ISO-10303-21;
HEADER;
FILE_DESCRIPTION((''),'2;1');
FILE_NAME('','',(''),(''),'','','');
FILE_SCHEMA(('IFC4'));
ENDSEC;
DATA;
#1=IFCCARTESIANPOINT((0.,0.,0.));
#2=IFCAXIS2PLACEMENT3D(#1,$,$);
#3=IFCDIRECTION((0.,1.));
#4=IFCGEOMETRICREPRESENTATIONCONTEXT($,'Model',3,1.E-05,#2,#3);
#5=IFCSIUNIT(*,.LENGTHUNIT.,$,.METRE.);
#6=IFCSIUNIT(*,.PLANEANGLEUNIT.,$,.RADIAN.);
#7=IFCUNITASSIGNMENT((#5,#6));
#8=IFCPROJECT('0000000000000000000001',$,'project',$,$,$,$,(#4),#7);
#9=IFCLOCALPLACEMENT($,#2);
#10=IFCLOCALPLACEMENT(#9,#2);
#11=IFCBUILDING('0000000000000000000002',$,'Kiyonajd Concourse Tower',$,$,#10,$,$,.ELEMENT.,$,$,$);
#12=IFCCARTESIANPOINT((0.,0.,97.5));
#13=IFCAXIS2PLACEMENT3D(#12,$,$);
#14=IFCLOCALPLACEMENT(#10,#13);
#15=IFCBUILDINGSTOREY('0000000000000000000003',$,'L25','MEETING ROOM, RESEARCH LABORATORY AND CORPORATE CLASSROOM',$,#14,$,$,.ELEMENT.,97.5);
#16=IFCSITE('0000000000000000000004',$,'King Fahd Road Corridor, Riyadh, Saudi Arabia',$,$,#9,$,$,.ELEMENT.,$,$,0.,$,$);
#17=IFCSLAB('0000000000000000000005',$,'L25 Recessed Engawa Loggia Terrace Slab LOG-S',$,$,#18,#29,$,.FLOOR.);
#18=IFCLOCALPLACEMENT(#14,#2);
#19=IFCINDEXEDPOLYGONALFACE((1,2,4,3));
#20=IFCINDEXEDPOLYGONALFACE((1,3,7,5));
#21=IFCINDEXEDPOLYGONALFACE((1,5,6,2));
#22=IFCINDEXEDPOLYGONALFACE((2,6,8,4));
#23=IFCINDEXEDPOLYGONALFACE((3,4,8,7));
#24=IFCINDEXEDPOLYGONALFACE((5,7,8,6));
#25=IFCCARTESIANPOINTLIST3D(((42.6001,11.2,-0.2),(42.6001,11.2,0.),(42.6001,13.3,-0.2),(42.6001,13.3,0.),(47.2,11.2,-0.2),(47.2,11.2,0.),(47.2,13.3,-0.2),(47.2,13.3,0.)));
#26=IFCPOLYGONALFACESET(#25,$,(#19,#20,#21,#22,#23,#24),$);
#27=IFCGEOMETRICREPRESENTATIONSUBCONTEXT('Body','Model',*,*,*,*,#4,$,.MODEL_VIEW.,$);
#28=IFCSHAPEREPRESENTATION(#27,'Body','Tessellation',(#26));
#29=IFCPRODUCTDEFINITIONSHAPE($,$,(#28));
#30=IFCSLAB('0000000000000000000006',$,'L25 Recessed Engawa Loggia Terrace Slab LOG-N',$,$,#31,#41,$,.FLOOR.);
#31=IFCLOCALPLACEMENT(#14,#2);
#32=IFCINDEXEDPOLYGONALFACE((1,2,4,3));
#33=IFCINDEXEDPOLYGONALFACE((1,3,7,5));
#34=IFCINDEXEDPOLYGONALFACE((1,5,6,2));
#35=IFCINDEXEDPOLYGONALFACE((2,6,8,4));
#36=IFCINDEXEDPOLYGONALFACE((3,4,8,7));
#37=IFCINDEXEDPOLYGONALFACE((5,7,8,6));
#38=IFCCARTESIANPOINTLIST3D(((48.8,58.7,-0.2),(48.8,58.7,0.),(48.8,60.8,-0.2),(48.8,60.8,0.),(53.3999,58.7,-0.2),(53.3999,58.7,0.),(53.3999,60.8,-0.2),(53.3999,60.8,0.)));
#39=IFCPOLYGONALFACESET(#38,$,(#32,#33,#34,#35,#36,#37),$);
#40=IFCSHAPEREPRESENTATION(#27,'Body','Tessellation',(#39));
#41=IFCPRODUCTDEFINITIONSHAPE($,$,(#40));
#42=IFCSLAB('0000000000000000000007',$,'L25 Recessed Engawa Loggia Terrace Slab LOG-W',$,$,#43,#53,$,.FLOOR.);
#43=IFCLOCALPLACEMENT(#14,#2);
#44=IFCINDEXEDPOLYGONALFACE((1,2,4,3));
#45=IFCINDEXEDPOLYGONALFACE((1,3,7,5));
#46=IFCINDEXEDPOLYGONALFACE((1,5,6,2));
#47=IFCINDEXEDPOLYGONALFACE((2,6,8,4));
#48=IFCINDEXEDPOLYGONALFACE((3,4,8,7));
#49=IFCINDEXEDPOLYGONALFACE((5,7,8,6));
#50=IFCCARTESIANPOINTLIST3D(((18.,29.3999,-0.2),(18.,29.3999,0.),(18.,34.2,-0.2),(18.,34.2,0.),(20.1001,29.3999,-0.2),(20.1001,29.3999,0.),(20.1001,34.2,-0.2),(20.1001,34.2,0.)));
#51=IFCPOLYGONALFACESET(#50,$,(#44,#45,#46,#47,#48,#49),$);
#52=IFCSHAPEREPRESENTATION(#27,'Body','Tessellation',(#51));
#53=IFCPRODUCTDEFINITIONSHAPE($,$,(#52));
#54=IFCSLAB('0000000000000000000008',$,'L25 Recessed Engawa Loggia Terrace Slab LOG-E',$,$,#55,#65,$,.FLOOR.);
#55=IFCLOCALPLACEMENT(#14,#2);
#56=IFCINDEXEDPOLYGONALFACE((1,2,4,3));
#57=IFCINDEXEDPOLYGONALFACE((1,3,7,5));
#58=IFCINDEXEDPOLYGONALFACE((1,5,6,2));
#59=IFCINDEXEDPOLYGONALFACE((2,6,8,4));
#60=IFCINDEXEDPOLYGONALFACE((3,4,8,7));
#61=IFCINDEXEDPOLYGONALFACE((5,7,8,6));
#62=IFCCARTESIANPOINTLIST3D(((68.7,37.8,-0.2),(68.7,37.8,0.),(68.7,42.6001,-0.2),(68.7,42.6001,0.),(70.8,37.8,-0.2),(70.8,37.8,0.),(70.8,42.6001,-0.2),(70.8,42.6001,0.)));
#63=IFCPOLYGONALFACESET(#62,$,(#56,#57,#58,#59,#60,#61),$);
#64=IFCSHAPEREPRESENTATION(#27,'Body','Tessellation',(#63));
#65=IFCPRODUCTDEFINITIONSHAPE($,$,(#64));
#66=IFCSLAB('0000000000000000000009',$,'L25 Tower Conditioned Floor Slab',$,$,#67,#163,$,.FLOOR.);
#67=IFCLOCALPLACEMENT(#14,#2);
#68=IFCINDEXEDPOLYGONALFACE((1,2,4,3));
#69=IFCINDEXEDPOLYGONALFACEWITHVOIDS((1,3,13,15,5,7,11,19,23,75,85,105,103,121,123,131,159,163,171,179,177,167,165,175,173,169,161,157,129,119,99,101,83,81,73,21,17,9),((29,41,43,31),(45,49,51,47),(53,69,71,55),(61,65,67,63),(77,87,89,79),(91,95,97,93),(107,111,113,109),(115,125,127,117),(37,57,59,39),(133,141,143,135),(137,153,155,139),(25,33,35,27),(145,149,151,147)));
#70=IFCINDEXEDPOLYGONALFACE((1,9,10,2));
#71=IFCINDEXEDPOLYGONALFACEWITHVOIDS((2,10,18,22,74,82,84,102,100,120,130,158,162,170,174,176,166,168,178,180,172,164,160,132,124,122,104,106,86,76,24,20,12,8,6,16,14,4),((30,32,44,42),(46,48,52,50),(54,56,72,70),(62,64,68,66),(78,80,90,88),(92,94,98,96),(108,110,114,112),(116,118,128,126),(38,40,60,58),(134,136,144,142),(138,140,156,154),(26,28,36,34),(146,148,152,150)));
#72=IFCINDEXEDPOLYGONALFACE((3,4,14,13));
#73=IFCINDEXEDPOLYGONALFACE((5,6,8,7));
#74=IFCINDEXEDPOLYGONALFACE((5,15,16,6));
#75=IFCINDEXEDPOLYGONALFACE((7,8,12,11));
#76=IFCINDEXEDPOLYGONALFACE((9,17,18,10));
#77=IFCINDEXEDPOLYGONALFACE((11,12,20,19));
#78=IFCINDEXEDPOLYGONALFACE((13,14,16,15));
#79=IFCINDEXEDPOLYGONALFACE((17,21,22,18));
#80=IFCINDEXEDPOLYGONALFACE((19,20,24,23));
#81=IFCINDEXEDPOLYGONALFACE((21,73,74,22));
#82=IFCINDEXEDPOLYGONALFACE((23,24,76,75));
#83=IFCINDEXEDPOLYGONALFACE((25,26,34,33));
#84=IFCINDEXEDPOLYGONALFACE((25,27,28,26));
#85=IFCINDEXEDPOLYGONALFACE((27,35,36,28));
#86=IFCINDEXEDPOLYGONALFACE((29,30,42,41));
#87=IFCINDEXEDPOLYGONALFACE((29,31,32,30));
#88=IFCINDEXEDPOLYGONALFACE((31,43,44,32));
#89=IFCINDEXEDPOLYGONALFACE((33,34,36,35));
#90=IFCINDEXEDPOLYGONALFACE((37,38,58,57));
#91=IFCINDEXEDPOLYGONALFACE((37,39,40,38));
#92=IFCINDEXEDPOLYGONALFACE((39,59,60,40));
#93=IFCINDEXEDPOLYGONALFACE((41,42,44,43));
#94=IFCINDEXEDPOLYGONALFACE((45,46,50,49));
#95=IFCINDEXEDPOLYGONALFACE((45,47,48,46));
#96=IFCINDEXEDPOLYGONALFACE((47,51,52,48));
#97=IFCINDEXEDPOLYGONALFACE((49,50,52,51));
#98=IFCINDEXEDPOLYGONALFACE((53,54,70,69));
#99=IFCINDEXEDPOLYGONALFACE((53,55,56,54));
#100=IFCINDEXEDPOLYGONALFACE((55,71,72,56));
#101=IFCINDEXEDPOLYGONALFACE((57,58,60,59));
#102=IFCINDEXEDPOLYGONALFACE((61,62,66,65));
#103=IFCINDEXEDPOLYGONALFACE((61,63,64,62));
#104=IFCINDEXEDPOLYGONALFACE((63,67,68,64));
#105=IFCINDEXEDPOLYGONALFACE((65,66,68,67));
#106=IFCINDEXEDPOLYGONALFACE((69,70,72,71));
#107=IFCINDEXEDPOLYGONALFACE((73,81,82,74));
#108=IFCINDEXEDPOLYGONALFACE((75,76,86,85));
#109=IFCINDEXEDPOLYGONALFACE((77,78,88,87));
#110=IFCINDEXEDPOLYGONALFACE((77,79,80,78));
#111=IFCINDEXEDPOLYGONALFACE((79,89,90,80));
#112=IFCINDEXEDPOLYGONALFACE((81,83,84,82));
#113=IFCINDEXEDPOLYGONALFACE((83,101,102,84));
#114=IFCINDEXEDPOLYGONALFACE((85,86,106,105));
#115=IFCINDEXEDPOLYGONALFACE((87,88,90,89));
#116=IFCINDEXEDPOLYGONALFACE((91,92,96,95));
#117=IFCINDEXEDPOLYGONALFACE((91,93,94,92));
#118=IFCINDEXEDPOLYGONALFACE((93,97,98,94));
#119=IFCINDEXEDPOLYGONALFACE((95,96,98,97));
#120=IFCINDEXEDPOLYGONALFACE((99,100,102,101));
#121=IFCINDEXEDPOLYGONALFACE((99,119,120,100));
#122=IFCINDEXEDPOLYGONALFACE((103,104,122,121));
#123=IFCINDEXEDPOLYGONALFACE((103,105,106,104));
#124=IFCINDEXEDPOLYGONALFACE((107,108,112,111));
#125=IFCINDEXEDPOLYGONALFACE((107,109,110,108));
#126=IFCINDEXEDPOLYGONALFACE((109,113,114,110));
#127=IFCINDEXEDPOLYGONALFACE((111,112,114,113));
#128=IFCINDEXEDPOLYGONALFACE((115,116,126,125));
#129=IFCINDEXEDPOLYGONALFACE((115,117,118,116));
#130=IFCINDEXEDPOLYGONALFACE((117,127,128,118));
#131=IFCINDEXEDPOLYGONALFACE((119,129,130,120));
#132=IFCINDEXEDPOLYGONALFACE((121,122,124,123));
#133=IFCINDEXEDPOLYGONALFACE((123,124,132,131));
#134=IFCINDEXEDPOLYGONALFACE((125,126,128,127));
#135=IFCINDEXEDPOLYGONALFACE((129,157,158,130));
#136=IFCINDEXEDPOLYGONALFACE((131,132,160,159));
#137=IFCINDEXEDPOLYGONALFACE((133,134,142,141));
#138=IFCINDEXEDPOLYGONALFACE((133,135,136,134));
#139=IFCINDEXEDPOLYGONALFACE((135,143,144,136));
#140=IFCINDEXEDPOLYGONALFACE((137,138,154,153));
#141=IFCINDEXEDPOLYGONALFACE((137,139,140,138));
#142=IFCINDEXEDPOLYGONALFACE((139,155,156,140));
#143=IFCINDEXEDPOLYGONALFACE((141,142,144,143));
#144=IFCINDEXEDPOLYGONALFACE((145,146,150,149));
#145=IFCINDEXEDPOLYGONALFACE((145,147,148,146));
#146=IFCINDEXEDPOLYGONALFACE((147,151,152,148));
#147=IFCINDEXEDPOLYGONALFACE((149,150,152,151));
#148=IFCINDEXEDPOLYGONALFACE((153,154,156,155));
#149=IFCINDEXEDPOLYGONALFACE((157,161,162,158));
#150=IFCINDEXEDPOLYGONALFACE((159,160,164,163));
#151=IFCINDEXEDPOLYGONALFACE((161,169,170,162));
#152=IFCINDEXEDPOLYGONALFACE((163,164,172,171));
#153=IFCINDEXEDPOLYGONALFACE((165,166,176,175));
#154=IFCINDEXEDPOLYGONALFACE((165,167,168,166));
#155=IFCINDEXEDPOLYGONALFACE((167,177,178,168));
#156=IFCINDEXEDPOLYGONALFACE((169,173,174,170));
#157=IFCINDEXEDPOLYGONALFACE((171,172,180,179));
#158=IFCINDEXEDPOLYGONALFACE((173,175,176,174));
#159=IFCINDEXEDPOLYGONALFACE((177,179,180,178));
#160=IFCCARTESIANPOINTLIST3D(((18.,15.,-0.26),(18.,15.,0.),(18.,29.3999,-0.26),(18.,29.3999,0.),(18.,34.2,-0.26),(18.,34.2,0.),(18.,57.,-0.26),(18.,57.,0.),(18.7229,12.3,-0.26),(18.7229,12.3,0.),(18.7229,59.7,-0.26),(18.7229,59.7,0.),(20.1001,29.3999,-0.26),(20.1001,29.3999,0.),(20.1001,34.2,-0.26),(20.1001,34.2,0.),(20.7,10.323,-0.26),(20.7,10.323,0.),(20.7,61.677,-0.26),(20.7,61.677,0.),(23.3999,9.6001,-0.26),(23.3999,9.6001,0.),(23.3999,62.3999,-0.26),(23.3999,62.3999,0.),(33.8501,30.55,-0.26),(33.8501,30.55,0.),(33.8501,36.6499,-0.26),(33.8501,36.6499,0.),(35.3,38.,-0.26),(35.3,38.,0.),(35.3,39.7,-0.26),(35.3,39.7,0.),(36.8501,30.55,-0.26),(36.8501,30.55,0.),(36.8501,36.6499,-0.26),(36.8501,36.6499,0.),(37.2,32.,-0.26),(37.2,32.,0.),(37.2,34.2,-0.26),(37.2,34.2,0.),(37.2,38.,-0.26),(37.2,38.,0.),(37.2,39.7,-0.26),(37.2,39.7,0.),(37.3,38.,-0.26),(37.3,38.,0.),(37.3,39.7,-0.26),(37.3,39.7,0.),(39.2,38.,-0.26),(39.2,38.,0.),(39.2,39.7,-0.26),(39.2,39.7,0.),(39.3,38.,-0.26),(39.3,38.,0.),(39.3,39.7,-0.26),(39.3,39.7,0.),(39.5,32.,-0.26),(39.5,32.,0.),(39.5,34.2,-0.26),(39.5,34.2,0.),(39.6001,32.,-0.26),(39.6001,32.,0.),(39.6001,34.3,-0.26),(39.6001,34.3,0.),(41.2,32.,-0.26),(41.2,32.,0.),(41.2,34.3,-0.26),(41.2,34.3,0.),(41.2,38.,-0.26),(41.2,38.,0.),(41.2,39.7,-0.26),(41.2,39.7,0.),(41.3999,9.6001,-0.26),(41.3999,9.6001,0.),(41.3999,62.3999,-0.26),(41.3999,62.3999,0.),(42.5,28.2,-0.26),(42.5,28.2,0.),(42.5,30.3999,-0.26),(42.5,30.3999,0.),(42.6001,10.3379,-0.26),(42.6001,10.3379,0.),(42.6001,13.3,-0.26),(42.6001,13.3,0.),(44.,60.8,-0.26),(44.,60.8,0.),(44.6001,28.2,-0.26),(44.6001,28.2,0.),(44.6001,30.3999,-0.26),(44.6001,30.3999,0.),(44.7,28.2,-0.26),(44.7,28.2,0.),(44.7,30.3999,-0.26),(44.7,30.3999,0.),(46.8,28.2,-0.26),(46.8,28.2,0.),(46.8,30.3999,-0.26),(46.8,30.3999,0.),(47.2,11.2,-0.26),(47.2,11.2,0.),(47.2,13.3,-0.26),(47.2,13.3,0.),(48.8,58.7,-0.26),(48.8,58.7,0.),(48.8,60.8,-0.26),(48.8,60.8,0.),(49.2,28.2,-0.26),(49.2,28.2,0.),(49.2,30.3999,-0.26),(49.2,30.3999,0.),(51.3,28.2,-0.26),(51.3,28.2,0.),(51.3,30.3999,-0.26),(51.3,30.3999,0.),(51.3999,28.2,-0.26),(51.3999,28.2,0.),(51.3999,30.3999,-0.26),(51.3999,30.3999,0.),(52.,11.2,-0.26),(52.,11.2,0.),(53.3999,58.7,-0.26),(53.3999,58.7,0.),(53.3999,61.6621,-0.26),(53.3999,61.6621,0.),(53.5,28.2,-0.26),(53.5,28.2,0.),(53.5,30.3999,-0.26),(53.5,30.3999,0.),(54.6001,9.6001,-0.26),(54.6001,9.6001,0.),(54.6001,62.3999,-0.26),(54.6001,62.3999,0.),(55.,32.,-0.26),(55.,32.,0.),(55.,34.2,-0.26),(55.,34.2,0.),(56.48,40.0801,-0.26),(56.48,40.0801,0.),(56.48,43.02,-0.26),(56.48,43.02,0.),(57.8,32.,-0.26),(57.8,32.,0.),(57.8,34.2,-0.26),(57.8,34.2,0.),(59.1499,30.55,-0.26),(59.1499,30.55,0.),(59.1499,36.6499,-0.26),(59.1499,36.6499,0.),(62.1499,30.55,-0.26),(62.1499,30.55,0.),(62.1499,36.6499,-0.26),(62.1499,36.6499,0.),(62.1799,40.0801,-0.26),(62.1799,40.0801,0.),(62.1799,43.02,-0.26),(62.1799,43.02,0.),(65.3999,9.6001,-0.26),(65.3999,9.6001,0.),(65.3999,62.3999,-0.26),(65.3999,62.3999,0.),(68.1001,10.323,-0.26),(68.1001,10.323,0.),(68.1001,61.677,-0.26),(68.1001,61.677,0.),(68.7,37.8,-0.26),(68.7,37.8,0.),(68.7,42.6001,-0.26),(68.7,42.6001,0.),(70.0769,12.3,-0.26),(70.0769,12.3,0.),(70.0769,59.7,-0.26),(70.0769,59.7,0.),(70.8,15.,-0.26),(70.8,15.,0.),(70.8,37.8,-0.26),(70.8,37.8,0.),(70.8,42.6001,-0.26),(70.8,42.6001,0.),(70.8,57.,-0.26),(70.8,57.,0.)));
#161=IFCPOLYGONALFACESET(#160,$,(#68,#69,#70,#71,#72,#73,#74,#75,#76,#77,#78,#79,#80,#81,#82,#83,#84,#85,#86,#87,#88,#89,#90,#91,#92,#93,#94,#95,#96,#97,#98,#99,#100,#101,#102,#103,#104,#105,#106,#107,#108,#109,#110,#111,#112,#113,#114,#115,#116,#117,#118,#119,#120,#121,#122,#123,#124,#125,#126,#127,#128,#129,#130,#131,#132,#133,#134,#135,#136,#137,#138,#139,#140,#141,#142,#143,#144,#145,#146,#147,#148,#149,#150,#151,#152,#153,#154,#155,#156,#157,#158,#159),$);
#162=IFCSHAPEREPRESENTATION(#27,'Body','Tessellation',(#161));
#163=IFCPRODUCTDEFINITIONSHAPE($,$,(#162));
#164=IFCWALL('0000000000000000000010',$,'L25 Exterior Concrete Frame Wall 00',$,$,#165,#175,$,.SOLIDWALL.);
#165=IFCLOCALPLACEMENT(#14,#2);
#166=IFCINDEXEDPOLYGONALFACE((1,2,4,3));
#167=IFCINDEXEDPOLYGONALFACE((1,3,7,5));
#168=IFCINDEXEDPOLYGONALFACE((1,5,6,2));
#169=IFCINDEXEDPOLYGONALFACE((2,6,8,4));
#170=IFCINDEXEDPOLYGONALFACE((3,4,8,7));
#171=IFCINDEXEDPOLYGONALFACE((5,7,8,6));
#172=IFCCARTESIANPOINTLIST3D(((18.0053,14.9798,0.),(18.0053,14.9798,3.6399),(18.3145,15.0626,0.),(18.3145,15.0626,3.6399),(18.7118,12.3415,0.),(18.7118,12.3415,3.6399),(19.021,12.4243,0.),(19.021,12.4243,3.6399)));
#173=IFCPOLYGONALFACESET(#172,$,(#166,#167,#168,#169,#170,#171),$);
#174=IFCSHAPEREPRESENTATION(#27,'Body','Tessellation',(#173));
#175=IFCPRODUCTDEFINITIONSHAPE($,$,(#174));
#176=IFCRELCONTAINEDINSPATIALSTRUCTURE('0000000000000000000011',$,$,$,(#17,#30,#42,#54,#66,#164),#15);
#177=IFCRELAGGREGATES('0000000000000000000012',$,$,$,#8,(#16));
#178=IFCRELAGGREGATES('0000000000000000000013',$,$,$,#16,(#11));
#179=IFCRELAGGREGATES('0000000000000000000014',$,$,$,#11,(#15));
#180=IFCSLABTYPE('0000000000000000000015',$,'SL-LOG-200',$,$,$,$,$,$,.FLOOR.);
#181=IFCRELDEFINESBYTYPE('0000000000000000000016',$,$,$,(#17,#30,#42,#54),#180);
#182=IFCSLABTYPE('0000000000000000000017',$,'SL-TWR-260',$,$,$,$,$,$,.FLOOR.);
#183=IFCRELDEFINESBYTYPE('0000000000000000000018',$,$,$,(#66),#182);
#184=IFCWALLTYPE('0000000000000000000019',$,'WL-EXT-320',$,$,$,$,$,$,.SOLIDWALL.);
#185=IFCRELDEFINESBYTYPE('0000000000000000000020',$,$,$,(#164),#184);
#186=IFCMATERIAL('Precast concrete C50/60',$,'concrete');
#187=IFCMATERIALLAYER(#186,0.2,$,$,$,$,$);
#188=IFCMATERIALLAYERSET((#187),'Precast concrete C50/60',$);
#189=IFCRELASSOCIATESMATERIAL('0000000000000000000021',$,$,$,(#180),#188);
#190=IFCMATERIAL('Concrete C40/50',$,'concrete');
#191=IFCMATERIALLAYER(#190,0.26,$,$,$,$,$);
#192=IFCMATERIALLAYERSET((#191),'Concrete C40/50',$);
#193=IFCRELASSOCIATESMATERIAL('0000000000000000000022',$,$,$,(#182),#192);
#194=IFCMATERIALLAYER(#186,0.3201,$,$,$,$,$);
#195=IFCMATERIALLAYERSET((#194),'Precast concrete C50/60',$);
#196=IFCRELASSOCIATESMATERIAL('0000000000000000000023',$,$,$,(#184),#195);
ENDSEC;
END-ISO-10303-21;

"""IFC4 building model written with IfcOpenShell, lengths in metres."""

from ifc_helpers import new_model, si_unit, direction, frame, frame_2d, origin, place, context, subcontext, project, spatial, polyline, rectangle, outline, extrude, material, layer, layer_set, type_object, element, save


model = new_model("IFC4")

# Units and contexts
model_context = context("Model", 3, precision=1e-05, world=origin(), true_north=direction((0.0, 1.0)))
body_context = subcontext(model_context, "Body", "Model", "MODEL_VIEW")
ifc_project = project(units=[si_unit("LENGTHUNIT", "METRE"), si_unit("PLANEANGLEUNIT", "RADIAN")], contexts=[model_context])

# Site, building, storey
site_placement = place(None, origin())
site = spatial("IfcSite", under=ifc_project, at=site_placement, Name="King Fahd Road Corridor, Riyadh, Saudi Arabia", CompositionType="ELEMENT", RefElevation=0.0)
building_placement = place(site_placement, origin())
building = spatial("IfcBuilding", under=site, at=building_placement, Name="Kiyonajd Concourse Tower", CompositionType="ELEMENT")
storey_placement = place(building_placement, frame((0.0, 0.0, 97.5)))
storey = spatial("IfcBuildingStorey", under=building, at=storey_placement, Name="L25", Description="MEETING ROOM, RESEARCH LABORATORY AND CORPORATE CLASSROOM", CompositionType="ELEMENT", Elevation=97.5)

# Shared definitions
ifc_material_1 = material(Name="Precast concrete C50/60", Category="concrete")

# Shared definitions
ifc_material_2 = material(Name="Concrete C40/50", Category="concrete")

# Slabs
ifc_layer_1 = layer(ifc_material_1, 0.2)
ifc_layer_set_1 = layer_set([ifc_layer_1], Name="Precast concrete C50/60")
slab_type_1 = type_object("IfcSlabType", Name="SL-LOG-200", PredefinedType="FLOOR", material=ifc_layer_set_1)
slab_1_placement = place(storey_placement, frame((0.0, 0.0, -0.2)))
element("IfcSlab", 1, at=slab_1_placement, inside=storey, type_object=slab_type_1, Name="L25 Recessed Engawa Loggia Terrace Slab LOG-S", PredefinedType="FLOOR", context=body_context, shape_type="SweptSolid", body=[
    extrude(outline(polyline([(42.6001, 11.2), (47.2, 11.2), (47.2, 13.3), (42.6001, 13.3), (42.6001, 11.2)])), origin(), (0.0, 0.0, 1.0), 0.2),
])
slab_2_placement = place(storey_placement, frame((0.0, 0.0, -0.2)))
element("IfcSlab", 2, at=slab_2_placement, inside=storey, type_object=slab_type_1, Name="L25 Recessed Engawa Loggia Terrace Slab LOG-N", PredefinedType="FLOOR", context=body_context, shape_type="SweptSolid", body=[
    extrude(outline(polyline([(48.8, 58.7), (53.3999, 58.7), (53.3999, 60.8), (48.8, 60.8), (48.8, 58.7)])), origin(), (0.0, 0.0, 1.0), 0.2),
])
slab_3_placement = place(storey_placement, frame((0.0, 0.0, -0.2)))
element("IfcSlab", 3, at=slab_3_placement, inside=storey, type_object=slab_type_1, Name="L25 Recessed Engawa Loggia Terrace Slab LOG-W", PredefinedType="FLOOR", context=body_context, shape_type="SweptSolid", body=[
    extrude(outline(polyline([(18.0, 29.3999), (20.1001, 29.3999), (20.1001, 34.2), (18.0, 34.2), (18.0, 29.3999)])), origin(), (0.0, 0.0, 1.0), 0.2),
])
slab_4_placement = place(storey_placement, frame((0.0, 0.0, -0.2)))
element("IfcSlab", 4, at=slab_4_placement, inside=storey, type_object=slab_type_1, Name="L25 Recessed Engawa Loggia Terrace Slab LOG-E", PredefinedType="FLOOR", context=body_context, shape_type="SweptSolid", body=[
    extrude(outline(polyline([(68.7, 37.8), (70.8, 37.8), (70.8, 42.6001), (68.7, 42.6001), (68.7, 37.8)])), origin(), (0.0, 0.0, 1.0), 0.2),
])
ifc_layer_2 = layer(ifc_material_2, 0.26)
ifc_layer_set_2 = layer_set([ifc_layer_2], Name="Concrete C40/50")
slab_type_2 = type_object("IfcSlabType", Name="SL-TWR-260", PredefinedType="FLOOR", material=ifc_layer_set_2)
slab_5_placement = place(storey_placement, frame((0.0, 0.0, -0.26)))
element("IfcSlab", 5, at=slab_5_placement, inside=storey, type_object=slab_type_2, Name="L25 Tower Conditioned Floor Slab", PredefinedType="FLOOR", context=body_context, shape_type="SweptSolid", body=[
    extrude(outline(polyline([(18.7229, 12.3), (18.0, 15.0), (18.0, 29.3999), (20.1001, 29.3999), (20.1001, 34.2), (18.0, 34.2), (18.0, 57.0), (18.7229, 59.7), (20.7, 61.677), (23.3999, 62.3999), (41.3999, 62.3999), (44.0, 60.8), (48.8, 60.8), (48.8, 58.7), (53.3999, 58.7), (53.3999, 61.6621), (54.6001, 62.3999), (65.3999, 62.3999), (68.1001, 61.677), (70.0769, 59.7), (70.8, 57.0), (70.8, 42.6001), (68.7, 42.6001), (68.7, 37.8), (70.8, 37.8), (70.8, 15.0), (70.0769, 12.3), (68.1001, 10.323), (65.3999, 9.6001), (54.6001, 9.6001), (52.0, 11.2), (47.2, 11.2), (47.2, 13.3), (42.6001, 13.3), (42.6001, 10.3379), (41.3999, 9.6001), (23.3999, 9.6001), (20.7, 10.323), (18.7229, 12.3)]), holes=[polyline([(44.6001, 28.2), (42.5, 28.2), (42.5, 30.3999), (44.6001, 30.3999), (44.6001, 28.2)]), polyline([(37.2, 32.0), (37.2, 34.2), (39.5, 34.2), (39.5, 32.0), (37.2, 32.0)]), polyline([(39.6001, 32.0), (39.6001, 34.3), (41.2, 34.3), (41.2, 32.0), (39.6001, 32.0)]), polyline([(36.8501, 30.55), (33.8501, 30.55), (33.8501, 36.6499), (36.8501, 36.6499), (36.8501, 30.55)]), polyline([(35.3, 38.0), (35.3, 39.7), (37.2, 39.7), (37.2, 38.0), (35.3, 38.0)]), polyline([(37.3, 38.0), (37.3, 39.7), (39.2, 39.7), (39.2, 38.0), (37.3, 38.0)]), polyline([(41.2, 38.0), (39.3, 38.0), (39.3, 39.7), (41.2, 39.7), (41.2, 38.0)]), polyline([(44.7, 28.2), (44.7, 30.3999), (46.8, 30.3999), (46.8, 28.2), (44.7, 28.2)]), polyline([(49.2, 28.2), (49.2, 30.3999), (51.3, 30.3999), (51.3, 28.2), (49.2, 28.2)]), polyline([(51.3999, 28.2), (51.3999, 30.3999), (53.5, 30.3999), (53.5, 28.2), (51.3999, 28.2)]), polyline([(55.0, 32.0), (55.0, 34.2), (57.8, 34.2), (57.8, 32.0), (55.0, 32.0)]), polyline([(59.1499, 30.55), (59.1499, 36.6499), (62.1499, 36.6499), (62.1499, 30.55), (59.1499, 30.55)]), polyline([(56.48, 43.02), (62.1799, 43.02), (62.1799, 40.0801), (56.48, 40.0801), (56.48, 43.02)])]), origin(), (0.0, 0.0, 1.0), 0.26),
])

# Wall
ifc_layer_3 = layer(ifc_material_1, 0.3201)
ifc_layer_set_3 = layer_set([ifc_layer_3], Name="Precast concrete C50/60")
wall_type_1 = type_object("IfcWallType", Name="WL-EXT-320", PredefinedType="SOLIDWALL", material=ifc_layer_set_3)
wall_1_placement = place(storey_placement, frame((18.8665, 12.3828, 0.0), z_axis=(0.0, 0.0, 1.0), x_axis=(-0.258697, 0.965958, 0.0)))
element("IfcWall", 6, at=wall_1_placement, inside=storey, type_object=wall_type_1, Name="L25 Exterior Concrete Frame Wall 00", PredefinedType="SOLIDWALL", context=body_context, shape_type="SweptSolid", body=[
    extrude(rectangle(XDim=2.7312, YDim=0.3201, at=frame_2d((1.3657, 0.0))), origin(), (0.0, 0.0, 1.0), 3.6399),
])

save(model, "model.ifc")
